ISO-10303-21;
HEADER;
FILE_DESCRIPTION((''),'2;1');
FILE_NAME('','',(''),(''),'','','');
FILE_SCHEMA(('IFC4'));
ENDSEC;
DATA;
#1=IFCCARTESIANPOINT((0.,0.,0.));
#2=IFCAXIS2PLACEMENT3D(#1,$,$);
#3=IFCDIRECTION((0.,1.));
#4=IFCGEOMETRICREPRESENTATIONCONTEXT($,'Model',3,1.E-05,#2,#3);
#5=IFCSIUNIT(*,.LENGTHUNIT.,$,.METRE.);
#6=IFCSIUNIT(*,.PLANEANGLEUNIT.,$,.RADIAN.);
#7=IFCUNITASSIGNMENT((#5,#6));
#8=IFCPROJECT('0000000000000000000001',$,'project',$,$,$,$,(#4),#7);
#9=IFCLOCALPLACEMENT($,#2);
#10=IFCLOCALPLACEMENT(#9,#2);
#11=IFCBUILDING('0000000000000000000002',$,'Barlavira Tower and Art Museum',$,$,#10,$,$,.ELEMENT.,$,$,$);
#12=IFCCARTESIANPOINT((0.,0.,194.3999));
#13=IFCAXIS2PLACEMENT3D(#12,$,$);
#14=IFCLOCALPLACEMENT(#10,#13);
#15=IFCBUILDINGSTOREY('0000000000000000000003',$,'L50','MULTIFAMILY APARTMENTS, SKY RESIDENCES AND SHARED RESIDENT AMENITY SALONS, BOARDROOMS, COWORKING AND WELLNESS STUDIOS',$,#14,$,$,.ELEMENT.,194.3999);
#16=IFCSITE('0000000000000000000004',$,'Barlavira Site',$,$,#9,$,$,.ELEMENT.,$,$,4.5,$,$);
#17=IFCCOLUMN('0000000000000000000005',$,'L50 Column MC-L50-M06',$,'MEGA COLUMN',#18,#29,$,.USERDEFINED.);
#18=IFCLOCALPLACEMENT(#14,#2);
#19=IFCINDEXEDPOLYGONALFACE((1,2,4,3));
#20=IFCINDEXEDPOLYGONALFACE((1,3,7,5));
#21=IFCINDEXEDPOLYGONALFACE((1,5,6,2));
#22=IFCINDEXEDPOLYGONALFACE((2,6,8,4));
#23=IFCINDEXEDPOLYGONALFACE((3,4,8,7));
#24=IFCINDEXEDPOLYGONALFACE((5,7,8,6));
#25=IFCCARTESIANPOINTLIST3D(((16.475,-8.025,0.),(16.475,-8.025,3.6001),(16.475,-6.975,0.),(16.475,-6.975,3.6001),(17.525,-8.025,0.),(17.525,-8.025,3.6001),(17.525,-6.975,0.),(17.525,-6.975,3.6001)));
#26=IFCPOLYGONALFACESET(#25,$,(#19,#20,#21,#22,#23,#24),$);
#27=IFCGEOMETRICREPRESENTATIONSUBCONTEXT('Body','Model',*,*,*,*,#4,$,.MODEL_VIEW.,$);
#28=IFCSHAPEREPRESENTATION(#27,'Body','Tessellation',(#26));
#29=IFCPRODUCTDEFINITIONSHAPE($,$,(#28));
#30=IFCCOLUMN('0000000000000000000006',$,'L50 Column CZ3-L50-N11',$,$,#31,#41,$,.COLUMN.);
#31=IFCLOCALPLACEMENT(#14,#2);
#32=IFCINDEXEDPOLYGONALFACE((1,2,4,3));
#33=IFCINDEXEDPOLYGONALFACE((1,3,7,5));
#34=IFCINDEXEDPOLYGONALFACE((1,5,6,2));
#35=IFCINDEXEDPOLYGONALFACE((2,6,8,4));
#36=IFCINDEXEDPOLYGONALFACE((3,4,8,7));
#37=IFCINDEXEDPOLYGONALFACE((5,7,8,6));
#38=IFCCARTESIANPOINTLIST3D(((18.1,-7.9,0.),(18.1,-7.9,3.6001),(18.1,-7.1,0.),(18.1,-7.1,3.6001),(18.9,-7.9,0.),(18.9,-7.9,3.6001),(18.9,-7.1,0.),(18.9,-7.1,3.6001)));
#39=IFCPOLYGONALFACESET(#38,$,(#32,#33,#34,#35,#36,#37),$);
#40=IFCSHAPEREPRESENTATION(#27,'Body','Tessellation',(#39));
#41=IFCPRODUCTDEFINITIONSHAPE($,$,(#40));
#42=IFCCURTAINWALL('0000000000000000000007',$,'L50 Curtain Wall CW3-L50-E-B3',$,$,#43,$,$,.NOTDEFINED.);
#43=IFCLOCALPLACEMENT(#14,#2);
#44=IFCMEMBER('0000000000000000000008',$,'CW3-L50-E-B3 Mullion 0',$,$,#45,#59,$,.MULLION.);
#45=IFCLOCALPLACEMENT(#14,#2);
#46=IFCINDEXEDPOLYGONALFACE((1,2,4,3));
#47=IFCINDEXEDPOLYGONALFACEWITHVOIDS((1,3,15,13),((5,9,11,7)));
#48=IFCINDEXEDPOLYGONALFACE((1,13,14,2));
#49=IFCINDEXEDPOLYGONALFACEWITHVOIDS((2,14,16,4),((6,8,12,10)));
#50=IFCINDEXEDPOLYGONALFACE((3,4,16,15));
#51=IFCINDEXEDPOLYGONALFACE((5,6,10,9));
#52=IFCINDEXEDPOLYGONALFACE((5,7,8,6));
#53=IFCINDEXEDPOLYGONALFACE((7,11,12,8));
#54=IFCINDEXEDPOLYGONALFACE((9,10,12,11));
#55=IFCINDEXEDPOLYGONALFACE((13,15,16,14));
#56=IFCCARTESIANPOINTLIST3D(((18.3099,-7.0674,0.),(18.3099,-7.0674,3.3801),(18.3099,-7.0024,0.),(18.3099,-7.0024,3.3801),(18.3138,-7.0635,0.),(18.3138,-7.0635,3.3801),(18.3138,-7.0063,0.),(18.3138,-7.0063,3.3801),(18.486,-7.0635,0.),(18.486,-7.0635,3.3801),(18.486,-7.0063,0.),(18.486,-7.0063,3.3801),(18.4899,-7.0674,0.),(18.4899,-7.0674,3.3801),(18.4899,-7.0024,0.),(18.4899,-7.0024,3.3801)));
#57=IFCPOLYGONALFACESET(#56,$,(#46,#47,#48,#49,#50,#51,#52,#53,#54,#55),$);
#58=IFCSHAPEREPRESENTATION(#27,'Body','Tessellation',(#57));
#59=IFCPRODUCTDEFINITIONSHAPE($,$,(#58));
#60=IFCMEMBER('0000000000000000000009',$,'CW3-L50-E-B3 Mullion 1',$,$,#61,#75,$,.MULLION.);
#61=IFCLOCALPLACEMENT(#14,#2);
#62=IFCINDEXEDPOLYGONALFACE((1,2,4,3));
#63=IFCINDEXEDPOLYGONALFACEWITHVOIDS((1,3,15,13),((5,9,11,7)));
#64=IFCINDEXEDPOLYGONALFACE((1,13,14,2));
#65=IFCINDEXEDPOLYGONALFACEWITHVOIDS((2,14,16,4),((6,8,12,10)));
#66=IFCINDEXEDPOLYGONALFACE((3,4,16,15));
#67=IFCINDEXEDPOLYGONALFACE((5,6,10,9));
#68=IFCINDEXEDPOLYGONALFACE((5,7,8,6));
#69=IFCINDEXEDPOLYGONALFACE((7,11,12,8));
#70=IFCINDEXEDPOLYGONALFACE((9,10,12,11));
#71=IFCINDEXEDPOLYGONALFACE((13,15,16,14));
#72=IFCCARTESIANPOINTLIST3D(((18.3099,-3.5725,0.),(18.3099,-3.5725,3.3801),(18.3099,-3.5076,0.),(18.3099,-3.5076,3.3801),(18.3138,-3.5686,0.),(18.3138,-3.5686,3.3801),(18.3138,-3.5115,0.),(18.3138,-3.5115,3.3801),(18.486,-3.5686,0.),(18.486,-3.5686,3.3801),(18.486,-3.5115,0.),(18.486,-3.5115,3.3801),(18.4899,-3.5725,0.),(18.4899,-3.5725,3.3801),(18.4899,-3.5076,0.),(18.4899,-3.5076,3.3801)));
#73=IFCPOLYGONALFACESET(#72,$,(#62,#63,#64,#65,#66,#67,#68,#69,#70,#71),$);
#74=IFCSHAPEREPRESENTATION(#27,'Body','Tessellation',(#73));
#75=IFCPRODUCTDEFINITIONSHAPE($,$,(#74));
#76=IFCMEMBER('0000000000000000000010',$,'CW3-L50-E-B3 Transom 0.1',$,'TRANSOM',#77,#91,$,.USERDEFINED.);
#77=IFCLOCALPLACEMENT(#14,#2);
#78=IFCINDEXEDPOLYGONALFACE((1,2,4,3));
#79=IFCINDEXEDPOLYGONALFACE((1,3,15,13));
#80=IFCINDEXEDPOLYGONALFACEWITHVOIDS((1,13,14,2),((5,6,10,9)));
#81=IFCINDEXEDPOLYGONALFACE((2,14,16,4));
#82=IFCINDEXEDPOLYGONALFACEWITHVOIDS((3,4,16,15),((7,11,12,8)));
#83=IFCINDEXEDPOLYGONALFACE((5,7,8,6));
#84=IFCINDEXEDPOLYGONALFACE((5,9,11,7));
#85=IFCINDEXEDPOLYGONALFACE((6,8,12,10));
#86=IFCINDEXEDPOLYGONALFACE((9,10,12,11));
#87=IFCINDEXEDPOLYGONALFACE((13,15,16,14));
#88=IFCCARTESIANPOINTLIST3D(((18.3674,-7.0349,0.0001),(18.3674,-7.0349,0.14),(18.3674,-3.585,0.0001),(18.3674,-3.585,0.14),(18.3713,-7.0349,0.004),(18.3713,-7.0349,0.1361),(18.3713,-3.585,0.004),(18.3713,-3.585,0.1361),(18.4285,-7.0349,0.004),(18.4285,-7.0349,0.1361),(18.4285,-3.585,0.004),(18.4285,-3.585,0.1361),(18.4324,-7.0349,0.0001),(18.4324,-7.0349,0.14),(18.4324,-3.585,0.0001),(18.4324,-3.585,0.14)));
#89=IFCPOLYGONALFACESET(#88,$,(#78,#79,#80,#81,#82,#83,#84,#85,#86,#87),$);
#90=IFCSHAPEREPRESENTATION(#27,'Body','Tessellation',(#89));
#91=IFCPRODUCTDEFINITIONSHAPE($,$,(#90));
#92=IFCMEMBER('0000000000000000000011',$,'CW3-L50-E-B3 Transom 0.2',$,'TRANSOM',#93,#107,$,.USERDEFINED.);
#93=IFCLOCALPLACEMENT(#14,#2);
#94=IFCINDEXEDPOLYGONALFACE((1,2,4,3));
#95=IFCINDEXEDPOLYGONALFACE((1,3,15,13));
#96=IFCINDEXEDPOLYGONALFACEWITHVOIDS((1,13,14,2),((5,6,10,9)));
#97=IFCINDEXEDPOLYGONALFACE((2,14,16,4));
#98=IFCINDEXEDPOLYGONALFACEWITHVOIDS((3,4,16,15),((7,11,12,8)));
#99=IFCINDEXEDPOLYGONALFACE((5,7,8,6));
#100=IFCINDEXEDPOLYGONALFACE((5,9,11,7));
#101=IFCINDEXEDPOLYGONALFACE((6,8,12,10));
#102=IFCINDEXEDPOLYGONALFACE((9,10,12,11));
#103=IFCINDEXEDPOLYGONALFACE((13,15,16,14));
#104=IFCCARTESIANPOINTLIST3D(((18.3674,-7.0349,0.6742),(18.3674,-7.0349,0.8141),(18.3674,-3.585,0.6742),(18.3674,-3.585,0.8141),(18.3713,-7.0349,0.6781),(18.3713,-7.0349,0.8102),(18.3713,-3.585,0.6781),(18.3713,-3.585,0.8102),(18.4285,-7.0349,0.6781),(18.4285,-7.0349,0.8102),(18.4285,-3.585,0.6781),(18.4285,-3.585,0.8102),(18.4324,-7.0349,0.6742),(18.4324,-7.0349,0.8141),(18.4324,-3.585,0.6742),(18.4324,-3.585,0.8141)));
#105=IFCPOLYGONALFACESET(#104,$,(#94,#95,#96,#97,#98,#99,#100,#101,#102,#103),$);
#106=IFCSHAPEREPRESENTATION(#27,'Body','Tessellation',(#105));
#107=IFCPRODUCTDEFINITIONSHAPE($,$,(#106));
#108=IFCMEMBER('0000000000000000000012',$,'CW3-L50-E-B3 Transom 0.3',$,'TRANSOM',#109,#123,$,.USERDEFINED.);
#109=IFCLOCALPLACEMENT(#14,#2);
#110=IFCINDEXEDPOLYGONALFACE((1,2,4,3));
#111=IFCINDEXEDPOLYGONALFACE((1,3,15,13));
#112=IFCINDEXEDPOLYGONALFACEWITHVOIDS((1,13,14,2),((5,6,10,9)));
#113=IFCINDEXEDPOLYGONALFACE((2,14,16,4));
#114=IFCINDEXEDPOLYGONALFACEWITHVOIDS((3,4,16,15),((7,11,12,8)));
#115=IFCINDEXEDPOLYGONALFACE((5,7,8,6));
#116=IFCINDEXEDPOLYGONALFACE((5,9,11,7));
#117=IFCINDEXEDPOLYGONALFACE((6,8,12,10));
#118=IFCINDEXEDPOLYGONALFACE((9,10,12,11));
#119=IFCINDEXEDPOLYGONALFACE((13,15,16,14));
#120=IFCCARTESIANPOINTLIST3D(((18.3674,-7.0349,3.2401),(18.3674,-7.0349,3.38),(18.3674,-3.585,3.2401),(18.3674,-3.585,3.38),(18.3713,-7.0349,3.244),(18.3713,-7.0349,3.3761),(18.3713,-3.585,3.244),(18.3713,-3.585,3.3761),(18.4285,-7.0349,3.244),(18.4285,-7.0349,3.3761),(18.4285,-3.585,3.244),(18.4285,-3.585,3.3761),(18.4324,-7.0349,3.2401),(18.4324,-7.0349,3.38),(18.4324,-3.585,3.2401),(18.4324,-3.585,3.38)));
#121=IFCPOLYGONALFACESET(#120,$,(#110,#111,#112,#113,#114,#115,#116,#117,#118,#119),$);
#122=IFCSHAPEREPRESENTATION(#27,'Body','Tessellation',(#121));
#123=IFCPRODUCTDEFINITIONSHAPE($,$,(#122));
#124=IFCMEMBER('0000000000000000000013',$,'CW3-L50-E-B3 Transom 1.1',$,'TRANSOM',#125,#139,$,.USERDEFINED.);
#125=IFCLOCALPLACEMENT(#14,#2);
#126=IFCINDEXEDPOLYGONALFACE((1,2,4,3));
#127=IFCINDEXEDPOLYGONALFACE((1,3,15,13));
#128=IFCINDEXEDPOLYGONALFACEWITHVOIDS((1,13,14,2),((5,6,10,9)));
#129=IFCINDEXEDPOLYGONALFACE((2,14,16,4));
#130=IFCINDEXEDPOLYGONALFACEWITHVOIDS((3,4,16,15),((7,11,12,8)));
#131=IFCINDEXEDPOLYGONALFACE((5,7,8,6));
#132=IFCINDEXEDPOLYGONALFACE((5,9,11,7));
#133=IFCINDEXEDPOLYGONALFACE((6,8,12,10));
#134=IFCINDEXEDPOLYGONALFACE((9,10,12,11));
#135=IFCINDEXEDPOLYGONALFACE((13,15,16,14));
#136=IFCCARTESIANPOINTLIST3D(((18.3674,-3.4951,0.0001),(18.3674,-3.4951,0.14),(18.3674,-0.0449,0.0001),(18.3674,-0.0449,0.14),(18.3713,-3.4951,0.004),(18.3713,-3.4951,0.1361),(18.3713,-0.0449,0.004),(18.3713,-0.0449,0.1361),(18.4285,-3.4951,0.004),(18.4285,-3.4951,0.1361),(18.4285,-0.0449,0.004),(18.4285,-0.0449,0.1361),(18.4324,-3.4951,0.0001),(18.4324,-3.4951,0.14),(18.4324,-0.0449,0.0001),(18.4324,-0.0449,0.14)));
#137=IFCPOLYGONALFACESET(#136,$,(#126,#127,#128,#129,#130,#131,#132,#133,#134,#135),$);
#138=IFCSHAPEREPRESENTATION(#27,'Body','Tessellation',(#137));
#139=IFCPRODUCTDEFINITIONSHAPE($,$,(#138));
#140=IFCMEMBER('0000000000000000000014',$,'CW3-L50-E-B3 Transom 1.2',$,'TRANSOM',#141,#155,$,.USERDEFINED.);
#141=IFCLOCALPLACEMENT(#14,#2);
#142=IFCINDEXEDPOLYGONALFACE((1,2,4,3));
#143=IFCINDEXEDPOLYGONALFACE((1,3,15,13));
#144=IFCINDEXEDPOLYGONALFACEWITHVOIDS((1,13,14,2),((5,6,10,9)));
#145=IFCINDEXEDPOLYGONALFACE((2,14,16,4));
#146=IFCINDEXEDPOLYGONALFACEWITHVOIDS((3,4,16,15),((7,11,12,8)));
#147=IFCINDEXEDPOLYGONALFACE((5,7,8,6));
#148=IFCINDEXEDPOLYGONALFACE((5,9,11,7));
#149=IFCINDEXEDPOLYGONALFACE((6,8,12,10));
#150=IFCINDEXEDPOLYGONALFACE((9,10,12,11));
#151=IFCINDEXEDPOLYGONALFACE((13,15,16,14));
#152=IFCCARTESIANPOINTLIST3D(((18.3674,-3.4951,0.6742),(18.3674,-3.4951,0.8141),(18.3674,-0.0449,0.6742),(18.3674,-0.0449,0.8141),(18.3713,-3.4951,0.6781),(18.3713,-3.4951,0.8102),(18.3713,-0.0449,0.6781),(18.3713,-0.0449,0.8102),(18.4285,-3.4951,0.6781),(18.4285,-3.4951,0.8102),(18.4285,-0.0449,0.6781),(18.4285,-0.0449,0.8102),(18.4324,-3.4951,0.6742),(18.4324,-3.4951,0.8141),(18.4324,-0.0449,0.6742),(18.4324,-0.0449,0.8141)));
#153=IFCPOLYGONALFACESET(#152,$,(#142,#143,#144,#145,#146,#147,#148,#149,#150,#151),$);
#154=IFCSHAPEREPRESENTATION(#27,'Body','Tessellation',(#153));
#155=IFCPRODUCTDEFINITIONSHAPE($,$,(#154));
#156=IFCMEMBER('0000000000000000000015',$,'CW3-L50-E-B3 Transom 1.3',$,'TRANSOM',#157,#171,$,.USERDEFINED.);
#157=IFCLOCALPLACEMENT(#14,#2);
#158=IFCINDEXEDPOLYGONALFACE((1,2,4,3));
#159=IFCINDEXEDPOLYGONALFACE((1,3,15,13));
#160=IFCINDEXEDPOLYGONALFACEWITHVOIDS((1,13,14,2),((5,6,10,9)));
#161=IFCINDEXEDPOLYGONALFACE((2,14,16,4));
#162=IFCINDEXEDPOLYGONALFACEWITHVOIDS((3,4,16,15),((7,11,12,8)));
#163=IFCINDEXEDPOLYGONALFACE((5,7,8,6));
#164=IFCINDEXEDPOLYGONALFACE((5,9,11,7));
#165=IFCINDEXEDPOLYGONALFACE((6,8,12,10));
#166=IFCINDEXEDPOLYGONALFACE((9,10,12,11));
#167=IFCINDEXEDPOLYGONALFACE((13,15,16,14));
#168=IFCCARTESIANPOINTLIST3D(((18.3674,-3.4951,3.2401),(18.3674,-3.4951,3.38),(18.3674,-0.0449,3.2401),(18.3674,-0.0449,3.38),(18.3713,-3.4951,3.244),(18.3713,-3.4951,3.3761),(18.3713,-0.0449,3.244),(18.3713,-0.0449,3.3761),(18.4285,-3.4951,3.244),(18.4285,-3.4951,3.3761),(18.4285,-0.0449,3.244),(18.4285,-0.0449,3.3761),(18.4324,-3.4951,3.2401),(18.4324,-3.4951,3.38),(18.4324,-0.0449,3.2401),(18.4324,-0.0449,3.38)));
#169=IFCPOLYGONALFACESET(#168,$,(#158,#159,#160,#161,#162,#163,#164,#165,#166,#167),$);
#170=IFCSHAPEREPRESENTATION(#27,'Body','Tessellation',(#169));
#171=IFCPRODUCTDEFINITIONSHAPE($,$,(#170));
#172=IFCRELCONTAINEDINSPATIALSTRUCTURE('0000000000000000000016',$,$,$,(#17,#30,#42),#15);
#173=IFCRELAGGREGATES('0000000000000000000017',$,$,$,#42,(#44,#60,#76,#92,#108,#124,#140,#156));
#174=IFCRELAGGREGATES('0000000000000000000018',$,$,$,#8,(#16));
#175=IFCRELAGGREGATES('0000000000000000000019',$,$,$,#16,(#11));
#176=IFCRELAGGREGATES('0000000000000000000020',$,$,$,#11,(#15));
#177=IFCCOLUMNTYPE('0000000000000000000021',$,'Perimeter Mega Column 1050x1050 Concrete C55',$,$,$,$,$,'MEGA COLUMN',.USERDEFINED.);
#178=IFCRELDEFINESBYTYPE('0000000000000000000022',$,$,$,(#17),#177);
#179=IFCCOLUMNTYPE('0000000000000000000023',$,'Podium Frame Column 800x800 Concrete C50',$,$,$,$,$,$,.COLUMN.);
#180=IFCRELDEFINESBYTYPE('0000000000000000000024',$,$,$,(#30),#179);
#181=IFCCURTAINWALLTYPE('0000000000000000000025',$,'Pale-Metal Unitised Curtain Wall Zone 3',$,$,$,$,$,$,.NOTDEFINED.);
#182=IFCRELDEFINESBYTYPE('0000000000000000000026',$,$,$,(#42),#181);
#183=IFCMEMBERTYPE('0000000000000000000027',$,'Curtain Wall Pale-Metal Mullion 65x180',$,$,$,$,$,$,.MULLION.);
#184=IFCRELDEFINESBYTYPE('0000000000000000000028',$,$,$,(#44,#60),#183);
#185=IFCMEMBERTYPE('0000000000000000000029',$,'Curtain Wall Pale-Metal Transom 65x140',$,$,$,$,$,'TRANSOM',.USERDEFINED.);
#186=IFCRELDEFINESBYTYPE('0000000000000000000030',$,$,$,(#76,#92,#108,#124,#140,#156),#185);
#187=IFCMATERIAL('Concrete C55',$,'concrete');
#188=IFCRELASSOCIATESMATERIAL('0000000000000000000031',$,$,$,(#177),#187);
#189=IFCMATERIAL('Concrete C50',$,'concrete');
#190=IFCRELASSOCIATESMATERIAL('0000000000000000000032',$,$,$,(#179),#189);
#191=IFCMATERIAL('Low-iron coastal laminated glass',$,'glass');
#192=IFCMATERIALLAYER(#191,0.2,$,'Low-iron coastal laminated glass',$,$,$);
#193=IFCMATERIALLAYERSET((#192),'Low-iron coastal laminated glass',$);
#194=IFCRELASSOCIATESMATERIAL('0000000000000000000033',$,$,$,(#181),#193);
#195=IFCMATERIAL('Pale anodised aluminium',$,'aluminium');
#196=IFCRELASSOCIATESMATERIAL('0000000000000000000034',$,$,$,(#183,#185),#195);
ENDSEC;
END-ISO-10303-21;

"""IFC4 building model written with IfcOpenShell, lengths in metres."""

from ifc_helpers import new_model, si_unit, direction, frame, origin, origin_2d, place, context, subcontext, project, spatial, rectangle, hollow_rectangle, extrude, material, layer, layer_set, material_profile, profile_set, type_object, element, aggregate, save


model = new_model("IFC4")

# Units and contexts
model_context = context("Model", 3, precision=1e-05, world=origin(), true_north=direction((0.0, 1.0)))
body_context = subcontext(model_context, "Body", "Model", "MODEL_VIEW")
ifc_project = project(units=[si_unit("LENGTHUNIT", "METRE"), si_unit("PLANEANGLEUNIT", "RADIAN")], contexts=[model_context])

# Site, building, storey
site_placement = place(None, origin())
site = spatial("IfcSite", under=ifc_project, at=site_placement, Name="Barlavira Site", CompositionType="ELEMENT", RefElevation=4.5)
building_placement = place(site_placement, origin())
building = spatial("IfcBuilding", under=site, at=building_placement, Name="Barlavira Tower and Art Museum", CompositionType="ELEMENT")
storey_placement = place(building_placement, frame((0.0, 0.0, 194.3999)))
storey = spatial("IfcBuildingStorey", under=building, at=storey_placement, Name="L50", Description="MULTIFAMILY APARTMENTS, SKY RESIDENCES AND SHARED RESIDENT AMENITY SALONS, BOARDROOMS, COWORKING AND WELLNESS STUDIOS", CompositionType="ELEMENT", Elevation=194.3999)

# Columns
ifc_material_1 = material(Name="Concrete C55", Category="concrete")
ifc_material_profile_1 = material_profile(ifc_material_1, rectangle(XDim=1.05, YDim=1.05, at=origin_2d()), Name="RC-COL 1050x1050")
ifc_profile_set_1 = profile_set([ifc_material_profile_1], Name="Concrete C55")
column_type_1 = type_object("IfcColumnType", Name="Perimeter Mega Column 1050x1050 Concrete C55", ElementType="MEGA COLUMN", PredefinedType="USERDEFINED", material=ifc_profile_set_1)
column_1_placement = place(storey_placement, frame((17.0, -7.5, 0.0), z_axis=(0.0, 0.0, 1.0), x_axis=(1.0, 0.0, 0.0)))
element("IfcColumn", 1, at=column_1_placement, inside=storey, type_object=column_type_1, Name="L50 Column MC-L50-M06", ObjectType="MEGA COLUMN", PredefinedType="USERDEFINED", context=body_context, shape_type="SweptSolid", body=[
    extrude(rectangle(XDim=1.05, YDim=1.05, at=origin_2d()), origin(), (0.0, 0.0, 1.0), 3.6001),
])
ifc_material_2 = material(Name="Concrete C50", Category="concrete")
ifc_material_profile_2 = material_profile(ifc_material_2, rectangle(XDim=0.8, YDim=0.8, at=origin_2d()), Name="RC-COL 800x800")
ifc_profile_set_2 = profile_set([ifc_material_profile_2], Name="Concrete C50")
column_type_2 = type_object("IfcColumnType", Name="Podium Frame Column 800x800 Concrete C50", PredefinedType="COLUMN", material=ifc_profile_set_2)
column_2_placement = place(storey_placement, frame((18.5, -7.5, 0.0), z_axis=(0.0, 0.0, 1.0), x_axis=(1.0, 0.0, 0.0)))
element("IfcColumn", 2, at=column_2_placement, inside=storey, type_object=column_type_2, Name="L50 Column CZ3-L50-N11", PredefinedType="COLUMN", context=body_context, shape_type="SweptSolid", body=[
    extrude(rectangle(XDim=0.8, YDim=0.8, at=origin_2d()), origin(), (0.0, 0.0, 1.0), 3.6001),
])

# Curtain wall, members
ifc_material_3 = material(Name="Low-iron coastal laminated glass", Category="glass")
ifc_layer_1 = layer(ifc_material_3, 0.2, Name="Low-iron coastal laminated glass")
ifc_layer_set_1 = layer_set([ifc_layer_1], Name="Low-iron coastal laminated glass")
curtain_wall_type = type_object("IfcCurtainWallType", Name="Pale-Metal Unitised Curtain Wall Zone 3", PredefinedType="NOTDEFINED", material=ifc_layer_set_1)
curtain_wall_placement = place(storey_placement, origin())
curtain_wall = element("IfcCurtainWall", 3, at=curtain_wall_placement, inside=storey, type_object=curtain_wall_type, Name="L50 Curtain Wall CW3-L50-E-B3", PredefinedType="NOTDEFINED")
ifc_material_4 = material(Name="Pale anodised aluminium", Category="aluminium")
ifc_material_profile_3 = material_profile(ifc_material_4, hollow_rectangle(XDim=0.0649, YDim=0.1799, WallThickness=0.0039, at=origin_2d()), Name="ALU-MULL 65x180x4")
ifc_profile_set_3 = profile_set([ifc_material_profile_3], Name="Pale anodised aluminium")
member_type_1 = type_object("IfcMemberType", Name="Curtain Wall Pale-Metal Mullion 65x180", PredefinedType="MULLION", material=ifc_profile_set_3)
member_1_placement = place(storey_placement, frame((18.3999, -7.0349, 0.0), z_axis=(0.0, 0.0, 1.0), x_axis=(0.0, 1.0, 0.0)))
member_1 = element("IfcMember", 4, at=member_1_placement, type_object=member_type_1, Name="CW3-L50-E-B3 Mullion 0", PredefinedType="MULLION", context=body_context, shape_type="SweptSolid", body=[
    extrude(hollow_rectangle(XDim=0.0649, YDim=0.1799, WallThickness=0.0039, at=origin_2d()), origin(), (0.0, 0.0, 1.0), 3.3801),
])
member_2_placement = place(storey_placement, frame((18.3999, -3.54, 0.0), z_axis=(0.0, 0.0, 1.0), x_axis=(0.0, 1.0, 0.0)))
member_2 = element("IfcMember", 5, at=member_2_placement, type_object=member_type_1, Name="CW3-L50-E-B3 Mullion 1", PredefinedType="MULLION", context=body_context, shape_type="SweptSolid", body=[
    extrude(hollow_rectangle(XDim=0.0649, YDim=0.1799, WallThickness=0.0039, at=origin_2d()), origin(), (0.0, 0.0, 1.0), 3.3801),
])
ifc_material_profile_4 = material_profile(ifc_material_4, hollow_rectangle(XDim=0.0649, YDim=0.1399, WallThickness=0.0039, at=origin_2d()), Name="ALU-TRAN 65x140x4")
ifc_profile_set_4 = profile_set([ifc_material_profile_4], Name="Pale anodised aluminium")
member_type_2 = type_object("IfcMemberType", Name="Curtain Wall Pale-Metal Transom 65x140", ElementType="TRANSOM", PredefinedType="USERDEFINED", material=ifc_profile_set_4)
member_3_placement = place(storey_placement, frame((18.3999, -7.0349, 0.0701), z_axis=(0.0, 1.0, 0.0), x_axis=(-1.0, 0.0, 0.0)))
member_3 = element("IfcMember", 6, at=member_3_placement, type_object=member_type_2, Name="CW3-L50-E-B3 Transom 0.1", ObjectType="TRANSOM", PredefinedType="USERDEFINED", context=body_context, shape_type="SweptSolid", body=[
    extrude(hollow_rectangle(XDim=0.0649, YDim=0.1399, WallThickness=0.0039, at=origin_2d()), origin(), (0.0, 0.0, 1.0), 3.45),
])
member_4_placement = place(storey_placement, frame((18.3999, -7.0349, 0.7441), z_axis=(0.0, 1.0, 0.0), x_axis=(-1.0, 0.0, 0.0)))
member_4 = element("IfcMember", 7, at=member_4_placement, type_object=member_type_2, Name="CW3-L50-E-B3 Transom 0.2", ObjectType="TRANSOM", PredefinedType="USERDEFINED", context=body_context, shape_type="SweptSolid", body=[
    extrude(hollow_rectangle(XDim=0.0649, YDim=0.1399, WallThickness=0.0039, at=origin_2d()), origin(), (0.0, 0.0, 1.0), 3.45),
])
member_5_placement = place(storey_placement, frame((18.3999, -7.0349, 3.3101), z_axis=(0.0, 1.0, 0.0), x_axis=(-1.0, 0.0, 0.0)))
member_5 = element("IfcMember", 8, at=member_5_placement, type_object=member_type_2, Name="CW3-L50-E-B3 Transom 0.3", ObjectType="TRANSOM", PredefinedType="USERDEFINED", context=body_context, shape_type="SweptSolid", body=[
    extrude(hollow_rectangle(XDim=0.0649, YDim=0.1399, WallThickness=0.0039, at=origin_2d()), origin(), (0.0, 0.0, 1.0), 3.45),
])
member_6_placement = place(storey_placement, frame((18.3999, -3.4951, 0.0701), z_axis=(0.0, 1.0, 0.0), x_axis=(-1.0, 0.0, 0.0)))
member_6 = element("IfcMember", 9, at=member_6_placement, type_object=member_type_2, Name="CW3-L50-E-B3 Transom 1.1", ObjectType="TRANSOM", PredefinedType="USERDEFINED", context=body_context, shape_type="SweptSolid", body=[
    extrude(hollow_rectangle(XDim=0.0649, YDim=0.1399, WallThickness=0.0039, at=origin_2d()), origin(), (0.0, 0.0, 1.0), 3.4502),
])
member_7_placement = place(storey_placement, frame((18.3999, -3.4951, 0.7441), z_axis=(0.0, 1.0, 0.0), x_axis=(-1.0, 0.0, 0.0)))
member_7 = element("IfcMember", 10, at=member_7_placement, type_object=member_type_2, Name="CW3-L50-E-B3 Transom 1.2", ObjectType="TRANSOM", PredefinedType="USERDEFINED", context=body_context, shape_type="SweptSolid", body=[
    extrude(hollow_rectangle(XDim=0.0649, YDim=0.1399, WallThickness=0.0039, at=origin_2d()), origin(), (0.0, 0.0, 1.0), 3.4502),
])
member_8_placement = place(storey_placement, frame((18.3999, -3.4951, 3.3101), z_axis=(0.0, 1.0, 0.0), x_axis=(-1.0, 0.0, 0.0)))
member_8 = element("IfcMember", 11, at=member_8_placement, type_object=member_type_2, Name="CW3-L50-E-B3 Transom 1.3", ObjectType="TRANSOM", PredefinedType="USERDEFINED", context=body_context, shape_type="SweptSolid", body=[
    extrude(hollow_rectangle(XDim=0.0649, YDim=0.1399, WallThickness=0.0039, at=origin_2d()), origin(), (0.0, 0.0, 1.0), 3.4502),
])

aggregate(curtain_wall, [member_1, member_2, member_3, member_4, member_5, member_6, member_7, member_8])

save(model, "model.ifc")
